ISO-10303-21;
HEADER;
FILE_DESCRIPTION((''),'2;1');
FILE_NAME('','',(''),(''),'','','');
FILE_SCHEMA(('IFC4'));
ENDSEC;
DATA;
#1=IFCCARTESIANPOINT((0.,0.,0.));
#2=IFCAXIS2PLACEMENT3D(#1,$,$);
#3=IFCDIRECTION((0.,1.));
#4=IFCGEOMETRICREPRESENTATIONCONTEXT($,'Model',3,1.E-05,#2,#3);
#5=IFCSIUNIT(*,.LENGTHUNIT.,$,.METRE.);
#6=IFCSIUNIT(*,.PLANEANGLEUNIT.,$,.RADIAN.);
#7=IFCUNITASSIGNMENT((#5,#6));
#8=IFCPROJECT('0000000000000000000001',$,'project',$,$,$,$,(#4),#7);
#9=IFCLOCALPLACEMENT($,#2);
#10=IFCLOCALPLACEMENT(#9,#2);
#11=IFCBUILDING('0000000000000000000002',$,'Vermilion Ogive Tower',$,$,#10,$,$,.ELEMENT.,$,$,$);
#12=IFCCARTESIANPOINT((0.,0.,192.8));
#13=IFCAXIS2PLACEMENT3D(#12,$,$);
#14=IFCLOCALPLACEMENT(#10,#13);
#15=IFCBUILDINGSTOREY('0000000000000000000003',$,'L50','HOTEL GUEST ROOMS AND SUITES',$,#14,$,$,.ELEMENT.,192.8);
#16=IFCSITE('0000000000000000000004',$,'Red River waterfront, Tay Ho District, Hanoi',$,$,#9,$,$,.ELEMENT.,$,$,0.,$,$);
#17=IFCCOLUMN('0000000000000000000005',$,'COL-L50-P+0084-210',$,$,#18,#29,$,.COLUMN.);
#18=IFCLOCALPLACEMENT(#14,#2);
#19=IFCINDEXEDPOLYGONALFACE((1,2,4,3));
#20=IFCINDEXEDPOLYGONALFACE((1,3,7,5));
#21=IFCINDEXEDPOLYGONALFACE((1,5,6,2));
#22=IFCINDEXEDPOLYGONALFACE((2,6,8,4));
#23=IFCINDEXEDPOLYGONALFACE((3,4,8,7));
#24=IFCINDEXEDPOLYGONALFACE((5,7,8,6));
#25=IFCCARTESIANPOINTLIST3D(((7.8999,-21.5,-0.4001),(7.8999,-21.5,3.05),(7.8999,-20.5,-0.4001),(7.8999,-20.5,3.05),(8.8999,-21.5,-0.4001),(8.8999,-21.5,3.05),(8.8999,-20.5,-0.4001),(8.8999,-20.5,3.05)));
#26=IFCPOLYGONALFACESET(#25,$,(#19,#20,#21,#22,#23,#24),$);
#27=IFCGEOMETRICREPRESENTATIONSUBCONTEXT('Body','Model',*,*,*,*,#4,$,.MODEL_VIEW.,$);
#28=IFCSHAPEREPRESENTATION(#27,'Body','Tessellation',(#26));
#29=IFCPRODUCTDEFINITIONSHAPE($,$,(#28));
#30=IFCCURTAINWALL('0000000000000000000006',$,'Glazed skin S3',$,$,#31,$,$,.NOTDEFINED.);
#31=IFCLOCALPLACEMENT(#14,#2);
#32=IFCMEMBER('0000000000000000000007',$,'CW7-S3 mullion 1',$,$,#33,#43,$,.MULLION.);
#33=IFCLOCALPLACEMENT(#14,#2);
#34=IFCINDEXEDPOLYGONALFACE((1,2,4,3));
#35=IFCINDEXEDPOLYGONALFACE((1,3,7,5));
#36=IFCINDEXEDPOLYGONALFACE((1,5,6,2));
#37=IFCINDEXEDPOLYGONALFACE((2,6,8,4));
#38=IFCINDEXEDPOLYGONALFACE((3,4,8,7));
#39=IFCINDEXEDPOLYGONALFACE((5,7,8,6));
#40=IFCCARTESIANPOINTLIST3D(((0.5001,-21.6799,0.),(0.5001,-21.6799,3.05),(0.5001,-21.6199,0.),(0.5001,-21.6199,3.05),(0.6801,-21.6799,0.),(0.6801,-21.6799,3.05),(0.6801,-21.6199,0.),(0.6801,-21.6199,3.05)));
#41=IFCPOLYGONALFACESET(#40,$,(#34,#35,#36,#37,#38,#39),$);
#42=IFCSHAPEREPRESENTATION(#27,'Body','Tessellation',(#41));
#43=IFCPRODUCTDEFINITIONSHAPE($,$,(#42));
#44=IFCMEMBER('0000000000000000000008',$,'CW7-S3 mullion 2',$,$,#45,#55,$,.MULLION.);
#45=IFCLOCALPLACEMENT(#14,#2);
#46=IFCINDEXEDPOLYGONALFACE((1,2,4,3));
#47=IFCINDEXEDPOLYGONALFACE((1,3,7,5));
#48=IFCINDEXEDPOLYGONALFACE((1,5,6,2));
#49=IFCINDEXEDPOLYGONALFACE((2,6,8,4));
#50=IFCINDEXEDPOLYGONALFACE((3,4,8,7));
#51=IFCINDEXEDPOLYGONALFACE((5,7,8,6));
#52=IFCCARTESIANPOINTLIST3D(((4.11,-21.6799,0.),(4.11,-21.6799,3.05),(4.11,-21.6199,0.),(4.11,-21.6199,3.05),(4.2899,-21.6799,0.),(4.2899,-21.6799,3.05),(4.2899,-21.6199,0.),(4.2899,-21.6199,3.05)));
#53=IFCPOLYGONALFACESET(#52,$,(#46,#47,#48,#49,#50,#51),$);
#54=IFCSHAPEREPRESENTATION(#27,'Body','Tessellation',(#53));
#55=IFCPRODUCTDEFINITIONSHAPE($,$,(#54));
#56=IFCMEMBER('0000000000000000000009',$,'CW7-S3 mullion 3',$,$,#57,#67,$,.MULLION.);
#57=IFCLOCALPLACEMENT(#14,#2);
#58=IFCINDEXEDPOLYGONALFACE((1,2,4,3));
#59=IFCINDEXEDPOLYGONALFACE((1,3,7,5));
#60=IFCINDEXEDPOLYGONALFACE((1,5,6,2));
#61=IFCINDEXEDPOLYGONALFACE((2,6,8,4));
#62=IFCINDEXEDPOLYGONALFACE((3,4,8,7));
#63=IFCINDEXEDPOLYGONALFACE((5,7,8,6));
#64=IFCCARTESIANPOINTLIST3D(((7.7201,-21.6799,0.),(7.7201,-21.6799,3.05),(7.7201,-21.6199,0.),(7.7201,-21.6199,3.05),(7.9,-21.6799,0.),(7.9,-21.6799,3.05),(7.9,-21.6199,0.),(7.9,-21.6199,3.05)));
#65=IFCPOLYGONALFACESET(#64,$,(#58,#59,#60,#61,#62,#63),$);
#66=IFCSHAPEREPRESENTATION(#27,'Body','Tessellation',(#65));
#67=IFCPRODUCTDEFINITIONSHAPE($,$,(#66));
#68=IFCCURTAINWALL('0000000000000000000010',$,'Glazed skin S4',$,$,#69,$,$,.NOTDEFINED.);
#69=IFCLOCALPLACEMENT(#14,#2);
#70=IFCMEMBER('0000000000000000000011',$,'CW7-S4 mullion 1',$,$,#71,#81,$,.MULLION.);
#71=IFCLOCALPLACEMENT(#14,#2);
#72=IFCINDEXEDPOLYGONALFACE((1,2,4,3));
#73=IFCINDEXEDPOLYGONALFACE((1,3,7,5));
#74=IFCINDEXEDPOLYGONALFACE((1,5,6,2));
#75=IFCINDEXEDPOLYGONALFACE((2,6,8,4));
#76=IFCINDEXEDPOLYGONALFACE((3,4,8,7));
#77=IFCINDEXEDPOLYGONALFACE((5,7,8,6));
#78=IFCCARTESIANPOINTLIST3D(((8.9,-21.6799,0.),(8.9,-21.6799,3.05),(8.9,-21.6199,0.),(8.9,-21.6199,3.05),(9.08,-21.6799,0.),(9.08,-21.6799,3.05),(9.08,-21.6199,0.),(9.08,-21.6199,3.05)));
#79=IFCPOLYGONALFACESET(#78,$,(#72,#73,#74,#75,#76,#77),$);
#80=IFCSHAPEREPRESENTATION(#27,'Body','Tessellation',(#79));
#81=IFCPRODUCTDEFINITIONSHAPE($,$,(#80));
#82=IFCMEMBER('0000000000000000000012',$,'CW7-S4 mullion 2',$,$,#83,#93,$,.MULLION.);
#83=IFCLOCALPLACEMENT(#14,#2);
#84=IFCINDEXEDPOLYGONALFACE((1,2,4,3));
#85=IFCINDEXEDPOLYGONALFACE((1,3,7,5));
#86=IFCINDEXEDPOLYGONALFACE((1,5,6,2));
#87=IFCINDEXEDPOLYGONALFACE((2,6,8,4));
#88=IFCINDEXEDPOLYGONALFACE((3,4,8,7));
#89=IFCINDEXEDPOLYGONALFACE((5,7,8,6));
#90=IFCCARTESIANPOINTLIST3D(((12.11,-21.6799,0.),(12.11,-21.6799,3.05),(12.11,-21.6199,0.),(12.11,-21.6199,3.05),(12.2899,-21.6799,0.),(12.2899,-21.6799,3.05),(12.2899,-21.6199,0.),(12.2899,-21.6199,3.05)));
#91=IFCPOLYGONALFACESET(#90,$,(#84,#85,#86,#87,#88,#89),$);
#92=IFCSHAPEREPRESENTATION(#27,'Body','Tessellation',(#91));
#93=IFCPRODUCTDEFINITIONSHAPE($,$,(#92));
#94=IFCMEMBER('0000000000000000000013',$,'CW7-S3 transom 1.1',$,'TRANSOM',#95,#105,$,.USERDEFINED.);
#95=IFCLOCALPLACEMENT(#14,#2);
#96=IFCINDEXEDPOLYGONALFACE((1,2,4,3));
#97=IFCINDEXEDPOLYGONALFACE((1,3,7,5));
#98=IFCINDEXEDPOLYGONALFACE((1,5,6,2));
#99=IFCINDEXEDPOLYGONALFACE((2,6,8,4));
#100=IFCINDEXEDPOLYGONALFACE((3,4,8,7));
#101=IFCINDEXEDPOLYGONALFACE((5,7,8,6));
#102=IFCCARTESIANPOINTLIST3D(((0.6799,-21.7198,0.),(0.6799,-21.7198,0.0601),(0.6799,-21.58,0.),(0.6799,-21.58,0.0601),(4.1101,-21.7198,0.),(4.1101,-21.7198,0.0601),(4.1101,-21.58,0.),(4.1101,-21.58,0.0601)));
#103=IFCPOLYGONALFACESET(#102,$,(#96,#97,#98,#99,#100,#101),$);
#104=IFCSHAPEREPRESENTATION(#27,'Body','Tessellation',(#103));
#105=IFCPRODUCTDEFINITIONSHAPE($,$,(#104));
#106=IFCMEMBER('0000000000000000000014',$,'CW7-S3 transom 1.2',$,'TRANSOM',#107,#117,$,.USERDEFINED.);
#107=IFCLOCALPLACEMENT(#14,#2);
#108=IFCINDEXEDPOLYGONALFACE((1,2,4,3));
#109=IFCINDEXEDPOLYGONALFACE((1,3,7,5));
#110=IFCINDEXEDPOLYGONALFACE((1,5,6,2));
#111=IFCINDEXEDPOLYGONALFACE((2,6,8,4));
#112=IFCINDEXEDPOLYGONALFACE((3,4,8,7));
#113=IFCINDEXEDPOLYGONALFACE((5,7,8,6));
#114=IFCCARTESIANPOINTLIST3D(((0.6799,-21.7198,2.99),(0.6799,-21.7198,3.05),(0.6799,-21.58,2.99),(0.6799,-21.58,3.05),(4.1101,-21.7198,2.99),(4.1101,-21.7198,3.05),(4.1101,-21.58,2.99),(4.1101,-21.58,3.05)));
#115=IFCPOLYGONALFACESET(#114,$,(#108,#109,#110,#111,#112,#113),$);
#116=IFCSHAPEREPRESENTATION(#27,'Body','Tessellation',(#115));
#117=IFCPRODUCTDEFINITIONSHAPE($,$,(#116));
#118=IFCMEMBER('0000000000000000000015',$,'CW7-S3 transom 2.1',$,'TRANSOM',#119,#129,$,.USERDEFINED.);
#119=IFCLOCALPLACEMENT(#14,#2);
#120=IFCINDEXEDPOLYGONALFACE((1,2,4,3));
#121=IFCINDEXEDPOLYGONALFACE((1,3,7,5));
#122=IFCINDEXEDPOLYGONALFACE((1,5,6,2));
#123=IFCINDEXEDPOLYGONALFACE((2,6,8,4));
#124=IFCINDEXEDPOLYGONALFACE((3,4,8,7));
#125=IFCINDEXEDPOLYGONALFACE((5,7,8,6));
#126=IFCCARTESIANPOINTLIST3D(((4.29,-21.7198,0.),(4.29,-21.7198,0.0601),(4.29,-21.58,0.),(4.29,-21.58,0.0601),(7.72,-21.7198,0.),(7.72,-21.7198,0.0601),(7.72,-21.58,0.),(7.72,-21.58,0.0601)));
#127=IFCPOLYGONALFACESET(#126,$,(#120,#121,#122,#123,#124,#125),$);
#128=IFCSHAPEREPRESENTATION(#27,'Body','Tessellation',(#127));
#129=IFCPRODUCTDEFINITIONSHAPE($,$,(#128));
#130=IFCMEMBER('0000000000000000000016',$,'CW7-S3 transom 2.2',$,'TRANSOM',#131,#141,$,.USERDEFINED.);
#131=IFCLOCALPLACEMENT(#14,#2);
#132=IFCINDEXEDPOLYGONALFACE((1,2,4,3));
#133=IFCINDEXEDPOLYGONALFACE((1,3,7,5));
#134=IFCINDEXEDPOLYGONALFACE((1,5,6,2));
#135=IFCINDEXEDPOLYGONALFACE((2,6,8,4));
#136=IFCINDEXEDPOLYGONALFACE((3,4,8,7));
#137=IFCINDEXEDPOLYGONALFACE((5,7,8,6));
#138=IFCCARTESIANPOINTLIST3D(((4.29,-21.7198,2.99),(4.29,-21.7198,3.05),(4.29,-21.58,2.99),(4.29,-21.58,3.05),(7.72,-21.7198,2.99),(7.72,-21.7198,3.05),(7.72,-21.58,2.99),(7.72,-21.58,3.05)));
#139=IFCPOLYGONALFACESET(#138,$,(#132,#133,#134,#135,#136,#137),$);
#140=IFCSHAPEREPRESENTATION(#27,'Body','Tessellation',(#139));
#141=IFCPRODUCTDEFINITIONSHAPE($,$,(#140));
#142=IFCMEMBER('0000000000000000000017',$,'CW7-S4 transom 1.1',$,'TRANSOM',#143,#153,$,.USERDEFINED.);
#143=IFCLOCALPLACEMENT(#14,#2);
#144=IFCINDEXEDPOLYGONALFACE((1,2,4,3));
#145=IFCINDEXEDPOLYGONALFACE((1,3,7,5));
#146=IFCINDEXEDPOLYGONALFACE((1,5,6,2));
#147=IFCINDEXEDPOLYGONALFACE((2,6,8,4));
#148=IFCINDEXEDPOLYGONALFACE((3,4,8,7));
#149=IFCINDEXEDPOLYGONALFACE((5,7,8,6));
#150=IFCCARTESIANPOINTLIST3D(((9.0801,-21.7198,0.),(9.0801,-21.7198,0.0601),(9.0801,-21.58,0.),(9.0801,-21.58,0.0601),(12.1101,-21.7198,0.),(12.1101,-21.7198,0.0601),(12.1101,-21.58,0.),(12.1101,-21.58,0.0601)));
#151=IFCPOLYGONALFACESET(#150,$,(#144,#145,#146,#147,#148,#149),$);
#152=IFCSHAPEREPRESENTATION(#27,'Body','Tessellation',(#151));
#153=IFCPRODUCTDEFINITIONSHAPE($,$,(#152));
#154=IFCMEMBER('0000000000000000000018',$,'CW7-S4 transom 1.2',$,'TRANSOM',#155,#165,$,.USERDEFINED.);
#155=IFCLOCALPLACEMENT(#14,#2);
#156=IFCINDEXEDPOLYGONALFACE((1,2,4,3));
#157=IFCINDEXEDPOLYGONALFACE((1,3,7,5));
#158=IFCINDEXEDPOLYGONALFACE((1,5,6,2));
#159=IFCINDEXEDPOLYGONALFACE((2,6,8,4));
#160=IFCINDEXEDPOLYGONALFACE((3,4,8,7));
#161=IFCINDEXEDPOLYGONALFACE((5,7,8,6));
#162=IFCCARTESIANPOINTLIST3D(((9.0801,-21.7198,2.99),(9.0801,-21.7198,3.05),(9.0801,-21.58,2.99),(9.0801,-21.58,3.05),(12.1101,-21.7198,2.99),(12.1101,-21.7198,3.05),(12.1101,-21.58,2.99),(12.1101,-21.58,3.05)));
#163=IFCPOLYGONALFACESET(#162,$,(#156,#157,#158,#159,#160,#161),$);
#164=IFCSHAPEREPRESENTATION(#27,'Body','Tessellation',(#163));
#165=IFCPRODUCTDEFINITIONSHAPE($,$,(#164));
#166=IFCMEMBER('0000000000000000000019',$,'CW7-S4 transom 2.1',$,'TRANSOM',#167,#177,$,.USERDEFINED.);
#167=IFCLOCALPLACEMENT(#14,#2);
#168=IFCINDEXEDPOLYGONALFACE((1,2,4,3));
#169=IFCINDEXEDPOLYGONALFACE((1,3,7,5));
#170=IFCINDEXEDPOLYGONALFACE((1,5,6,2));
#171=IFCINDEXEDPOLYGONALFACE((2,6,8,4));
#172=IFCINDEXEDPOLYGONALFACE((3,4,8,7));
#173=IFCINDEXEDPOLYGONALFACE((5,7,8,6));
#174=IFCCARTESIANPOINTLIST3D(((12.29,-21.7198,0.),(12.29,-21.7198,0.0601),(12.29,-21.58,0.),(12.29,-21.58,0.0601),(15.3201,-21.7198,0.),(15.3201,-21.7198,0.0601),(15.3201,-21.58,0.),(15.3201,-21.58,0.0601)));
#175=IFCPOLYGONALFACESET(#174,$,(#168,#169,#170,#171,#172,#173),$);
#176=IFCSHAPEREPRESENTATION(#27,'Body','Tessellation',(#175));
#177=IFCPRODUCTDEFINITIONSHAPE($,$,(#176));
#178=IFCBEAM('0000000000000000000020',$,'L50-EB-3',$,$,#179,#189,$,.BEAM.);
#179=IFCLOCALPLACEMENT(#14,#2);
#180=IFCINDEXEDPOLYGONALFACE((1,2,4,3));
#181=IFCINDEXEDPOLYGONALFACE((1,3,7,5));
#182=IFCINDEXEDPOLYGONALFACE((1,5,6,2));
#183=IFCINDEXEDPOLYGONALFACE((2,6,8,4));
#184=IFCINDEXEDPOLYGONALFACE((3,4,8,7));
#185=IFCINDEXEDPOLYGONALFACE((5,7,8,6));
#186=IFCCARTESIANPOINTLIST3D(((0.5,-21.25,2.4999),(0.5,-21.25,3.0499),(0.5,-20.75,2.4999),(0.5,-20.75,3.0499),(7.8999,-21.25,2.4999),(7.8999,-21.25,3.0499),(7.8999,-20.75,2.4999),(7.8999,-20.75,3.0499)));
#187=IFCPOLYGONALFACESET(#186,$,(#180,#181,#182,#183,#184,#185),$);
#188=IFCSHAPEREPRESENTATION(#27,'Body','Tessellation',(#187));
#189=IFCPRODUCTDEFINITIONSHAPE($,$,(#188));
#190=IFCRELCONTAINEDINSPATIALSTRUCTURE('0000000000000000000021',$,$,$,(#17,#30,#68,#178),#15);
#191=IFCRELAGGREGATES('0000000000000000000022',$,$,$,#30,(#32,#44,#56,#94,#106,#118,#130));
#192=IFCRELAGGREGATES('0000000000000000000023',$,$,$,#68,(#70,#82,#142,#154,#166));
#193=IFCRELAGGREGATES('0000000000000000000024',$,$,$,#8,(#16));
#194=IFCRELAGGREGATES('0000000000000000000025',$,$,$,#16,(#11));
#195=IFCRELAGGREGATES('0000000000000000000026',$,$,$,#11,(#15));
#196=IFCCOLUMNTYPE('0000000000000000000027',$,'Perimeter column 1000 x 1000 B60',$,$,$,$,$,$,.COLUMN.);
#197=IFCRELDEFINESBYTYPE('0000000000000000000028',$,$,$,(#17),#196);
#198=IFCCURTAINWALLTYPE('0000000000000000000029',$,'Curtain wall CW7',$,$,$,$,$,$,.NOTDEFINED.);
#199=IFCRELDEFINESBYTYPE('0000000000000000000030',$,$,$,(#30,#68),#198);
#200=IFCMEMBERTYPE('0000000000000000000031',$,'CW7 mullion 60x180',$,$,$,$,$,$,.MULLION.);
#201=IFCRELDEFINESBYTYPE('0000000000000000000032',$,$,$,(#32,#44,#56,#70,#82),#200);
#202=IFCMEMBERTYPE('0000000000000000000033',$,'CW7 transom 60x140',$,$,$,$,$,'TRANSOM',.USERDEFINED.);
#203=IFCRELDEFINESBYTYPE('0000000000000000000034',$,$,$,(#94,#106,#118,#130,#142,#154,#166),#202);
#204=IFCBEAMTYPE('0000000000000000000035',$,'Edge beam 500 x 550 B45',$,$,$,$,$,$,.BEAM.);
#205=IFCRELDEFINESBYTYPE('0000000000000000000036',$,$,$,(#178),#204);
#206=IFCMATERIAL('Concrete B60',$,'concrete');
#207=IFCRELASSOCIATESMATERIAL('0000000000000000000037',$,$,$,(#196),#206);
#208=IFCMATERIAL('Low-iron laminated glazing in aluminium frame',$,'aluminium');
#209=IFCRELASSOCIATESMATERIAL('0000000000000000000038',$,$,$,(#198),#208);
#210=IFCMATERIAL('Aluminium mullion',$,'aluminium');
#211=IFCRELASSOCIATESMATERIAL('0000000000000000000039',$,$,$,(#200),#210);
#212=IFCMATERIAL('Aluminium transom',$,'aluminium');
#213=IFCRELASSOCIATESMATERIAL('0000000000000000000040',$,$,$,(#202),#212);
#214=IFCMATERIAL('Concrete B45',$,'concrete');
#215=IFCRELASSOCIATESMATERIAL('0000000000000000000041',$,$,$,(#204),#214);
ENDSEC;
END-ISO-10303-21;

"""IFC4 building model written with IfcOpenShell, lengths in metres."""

from ifc_helpers import new_model, si_unit, direction, frame, origin, origin_2d, place, context, subcontext, project, spatial, rectangle, extrude, material, material_profile, profile_set, type_object, element, aggregate, save


model = new_model("IFC4")

# Units and contexts
model_context = context("Model", 3, precision=1e-05, world=origin(), true_north=direction((0.0, 1.0)))
body_context = subcontext(model_context, "Body", "Model", "MODEL_VIEW")
ifc_project = project(units=[si_unit("LENGTHUNIT", "METRE"), si_unit("PLANEANGLEUNIT", "RADIAN")], contexts=[model_context])

# Site, building, storey
site_placement = place(None, origin())
site = spatial("IfcSite", under=ifc_project, at=site_placement, Name="Red River waterfront, Tay Ho District, Hanoi", CompositionType="ELEMENT", RefElevation=0.0)
building_placement = place(site_placement, origin())
building = spatial("IfcBuilding", under=site, at=building_placement, Name="Vermilion Ogive Tower", CompositionType="ELEMENT")
storey_placement = place(building_placement, frame((0.0, 0.0, 192.8)))
storey = spatial("IfcBuildingStorey", under=building, at=storey_placement, Name="L50", Description="HOTEL GUEST ROOMS AND SUITES", CompositionType="ELEMENT", Elevation=192.8)

# Column
ifc_material_1 = material(Name="Concrete B60", Category="concrete")
ifc_material_profile_1 = material_profile(ifc_material_1, rectangle(XDim=1.0, YDim=1.0, at=origin_2d()), Name="1000 x 1000")
ifc_profile_set_1 = profile_set([ifc_material_profile_1], Name="Concrete B60")
column_type = type_object("IfcColumnType", Name="Perimeter column 1000 x 1000 B60", PredefinedType="COLUMN", material=ifc_profile_set_1)
column_placement = place(storey_placement, frame((8.3999, -21.0, -0.4001), z_axis=(0.0, 0.0, 1.0), x_axis=(1.0, 0.0, 0.0)))
element("IfcColumn", 1, at=column_placement, inside=storey, type_object=column_type, Name="COL-L50-P+0084-210", PredefinedType="COLUMN", context=body_context, shape_type="SweptSolid", body=[
    extrude(rectangle(XDim=1.0, YDim=1.0, at=origin_2d()), origin(), (0.0, 0.0, 1.0), 3.4502),
])

# Curtain walls, members
ifc_material_2 = material(Name="Low-iron laminated glazing in aluminium frame", Category="aluminium")
curtain_wall_type = type_object("IfcCurtainWallType", Name="Curtain wall CW7", PredefinedType="NOTDEFINED", material=ifc_material_2)
curtain_wall_1_placement = place(storey_placement, origin())
curtain_wall_1 = element("IfcCurtainWall", 2, at=curtain_wall_1_placement, inside=storey, type_object=curtain_wall_type, Name="Glazed skin S3", PredefinedType="NOTDEFINED")
ifc_material_3 = material(Name="Aluminium mullion", Category="aluminium")
ifc_material_profile_2 = material_profile(ifc_material_3, rectangle(XDim=0.0601, YDim=0.1799, at=origin_2d()), Name="AL 60x180")
ifc_profile_set_2 = profile_set([ifc_material_profile_2], Name="Aluminium mullion")
member_type_1 = type_object("IfcMemberType", Name="CW7 mullion 60x180", PredefinedType="MULLION", material=ifc_profile_set_2)
member_1_placement = place(storey_placement, frame((0.5901, -21.6499, 0.0), z_axis=(0.0, 0.0, 1.0), x_axis=(0.0, 1.0, 0.0)))
member_1 = element("IfcMember", 3, at=member_1_placement, type_object=member_type_1, Name="CW7-S3 mullion 1", PredefinedType="MULLION", context=body_context, shape_type="SweptSolid", body=[
    extrude(rectangle(XDim=0.0601, YDim=0.1799, at=origin_2d()), origin(), (0.0, 0.0, 1.0), 3.05),
])
member_2_placement = place(storey_placement, frame((4.2, -21.6499, 0.0), z_axis=(0.0, 0.0, 1.0), x_axis=(0.0, 1.0, 0.0)))
member_2 = element("IfcMember", 4, at=member_2_placement, type_object=member_type_1, Name="CW7-S3 mullion 2", PredefinedType="MULLION", context=body_context, shape_type="SweptSolid", body=[
    extrude(rectangle(XDim=0.0601, YDim=0.1799, at=origin_2d()), origin(), (0.0, 0.0, 1.0), 3.05),
])
member_3_placement = place(storey_placement, frame((7.8101, -21.6499, 0.0), z_axis=(0.0, 0.0, 1.0), x_axis=(0.0, 1.0, 0.0)))
member_3 = element("IfcMember", 5, at=member_3_placement, type_object=member_type_1, Name="CW7-S3 mullion 3", PredefinedType="MULLION", context=body_context, shape_type="SweptSolid", body=[
    extrude(rectangle(XDim=0.0601, YDim=0.1799, at=origin_2d()), origin(), (0.0, 0.0, 1.0), 3.05),
])
curtain_wall_2_placement = place(storey_placement, origin())
curtain_wall_2 = element("IfcCurtainWall", 6, at=curtain_wall_2_placement, inside=storey, type_object=curtain_wall_type, Name="Glazed skin S4", PredefinedType="NOTDEFINED")
member_4_placement = place(storey_placement, frame((8.99, -21.6499, 0.0), z_axis=(0.0, 0.0, 1.0), x_axis=(0.0, 1.0, 0.0)))
member_4 = element("IfcMember", 7, at=member_4_placement, type_object=member_type_1, Name="CW7-S4 mullion 1", PredefinedType="MULLION", context=body_context, shape_type="SweptSolid", body=[
    extrude(rectangle(XDim=0.0601, YDim=0.1799, at=origin_2d()), origin(), (0.0, 0.0, 1.0), 3.05),
])
member_5_placement = place(storey_placement, frame((12.2, -21.6499, 0.0), z_axis=(0.0, 0.0, 1.0), x_axis=(0.0, 1.0, 0.0)))
member_5 = element("IfcMember", 8, at=member_5_placement, type_object=member_type_1, Name="CW7-S4 mullion 2", PredefinedType="MULLION", context=body_context, shape_type="SweptSolid", body=[
    extrude(rectangle(XDim=0.0601, YDim=0.1799, at=origin_2d()), origin(), (0.0, 0.0, 1.0), 3.05),
])

# Members
ifc_material_4 = material(Name="Aluminium transom", Category="aluminium")
ifc_material_profile_3 = material_profile(ifc_material_4, rectangle(XDim=0.1399, YDim=0.0601, at=origin_2d()), Name="AL 60x140")
ifc_profile_set_3 = profile_set([ifc_material_profile_3], Name="Aluminium transom")
member_type_2 = type_object("IfcMemberType", Name="CW7 transom 60x140", ElementType="TRANSOM", PredefinedType="USERDEFINED", material=ifc_profile_set_3)
member_6_placement = place(storey_placement, frame((0.6799, -21.6499, 0.03), z_axis=(1.0, 0.0, 0.0), x_axis=(0.0, 1.0, 0.0)))
member_6 = element("IfcMember", 9, at=member_6_placement, type_object=member_type_2, Name="CW7-S3 transom 1.1", ObjectType="TRANSOM", PredefinedType="USERDEFINED", context=body_context, shape_type="SweptSolid", body=[
    extrude(rectangle(XDim=0.1399, YDim=0.0601, at=origin_2d()), origin(), (0.0, 0.0, 1.0), 3.4302),
])
member_7_placement = place(storey_placement, frame((0.6799, -21.6499, 3.02), z_axis=(1.0, 0.0, 0.0), x_axis=(0.0, 1.0, 0.0)))
member_7 = element("IfcMember", 10, at=member_7_placement, type_object=member_type_2, Name="CW7-S3 transom 1.2", ObjectType="TRANSOM", PredefinedType="USERDEFINED", context=body_context, shape_type="SweptSolid", body=[
    extrude(rectangle(XDim=0.1399, YDim=0.0601, at=origin_2d()), origin(), (0.0, 0.0, 1.0), 3.4302),
])
member_8_placement = place(storey_placement, frame((4.29, -21.6499, 0.03), z_axis=(1.0, 0.0, 0.0), x_axis=(0.0, 1.0, 0.0)))
member_8 = element("IfcMember", 11, at=member_8_placement, type_object=member_type_2, Name="CW7-S3 transom 2.1", ObjectType="TRANSOM", PredefinedType="USERDEFINED", context=body_context, shape_type="SweptSolid", body=[
    extrude(rectangle(XDim=0.1399, YDim=0.0601, at=origin_2d()), origin(), (0.0, 0.0, 1.0), 3.4299),
])
member_9_placement = place(storey_placement, frame((4.29, -21.6499, 3.02), z_axis=(1.0, 0.0, 0.0), x_axis=(0.0, 1.0, 0.0)))
member_9 = element("IfcMember", 12, at=member_9_placement, type_object=member_type_2, Name="CW7-S3 transom 2.2", ObjectType="TRANSOM", PredefinedType="USERDEFINED", context=body_context, shape_type="SweptSolid", body=[
    extrude(rectangle(XDim=0.1399, YDim=0.0601, at=origin_2d()), origin(), (0.0, 0.0, 1.0), 3.4299),
])
member_10_placement = place(storey_placement, frame((9.0801, -21.6499, 0.03), z_axis=(1.0, 0.0, 0.0), x_axis=(0.0, 1.0, 0.0)))
member_10 = element("IfcMember", 13, at=member_10_placement, type_object=member_type_2, Name="CW7-S4 transom 1.1", ObjectType="TRANSOM", PredefinedType="USERDEFINED", context=body_context, shape_type="SweptSolid", body=[
    extrude(rectangle(XDim=0.1399, YDim=0.0601, at=origin_2d()), origin(), (0.0, 0.0, 1.0), 3.03),
])
member_11_placement = place(storey_placement, frame((9.0801, -21.6499, 3.02), z_axis=(1.0, 0.0, 0.0), x_axis=(0.0, 1.0, 0.0)))
member_11 = element("IfcMember", 14, at=member_11_placement, type_object=member_type_2, Name="CW7-S4 transom 1.2", ObjectType="TRANSOM", PredefinedType="USERDEFINED", context=body_context, shape_type="SweptSolid", body=[
    extrude(rectangle(XDim=0.1399, YDim=0.0601, at=origin_2d()), origin(), (0.0, 0.0, 1.0), 3.03),
])
member_12_placement = place(storey_placement, frame((12.29, -21.6499, 0.03), z_axis=(1.0, 0.0, 0.0), x_axis=(0.0, 1.0, 0.0)))
member_12 = element("IfcMember", 15, at=member_12_placement, type_object=member_type_2, Name="CW7-S4 transom 2.1", ObjectType="TRANSOM", PredefinedType="USERDEFINED", context=body_context, shape_type="SweptSolid", body=[
    extrude(rectangle(XDim=0.1399, YDim=0.0601, at=origin_2d()), origin(), (0.0, 0.0, 1.0), 3.03),
])

# Beam
ifc_material_5 = material(Name="Concrete B45", Category="concrete")
ifc_material_profile_4 = material_profile(ifc_material_5, rectangle(XDim=0.5, YDim=0.55, at=origin_2d()), Name="500 x 550")
ifc_profile_set_4 = profile_set([ifc_material_profile_4], Name="Concrete B45")
beam_type = type_object("IfcBeamType", Name="Edge beam 500 x 550 B45", PredefinedType="BEAM", material=ifc_profile_set_4)
beam_1_placement = place(storey_placement, frame((0.5, -21.0, 2.7749), z_axis=(1.0, 0.0, 0.0), x_axis=(0.0, 1.0, 0.0)))
element("IfcBeam", 16, at=beam_1_placement, inside=storey, type_object=beam_type, Name="L50-EB-3", PredefinedType="BEAM", context=body_context, shape_type="SweptSolid", body=[
    extrude(rectangle(XDim=0.5, YDim=0.55, at=origin_2d()), origin(), (0.0, 0.0, 1.0), 7.3999),
])

aggregate(curtain_wall_1, [member_1, member_2, member_3, member_6, member_7, member_8, member_9])
aggregate(curtain_wall_2, [member_4, member_5, member_10, member_11, member_12])

save(model, "model.ifc")
